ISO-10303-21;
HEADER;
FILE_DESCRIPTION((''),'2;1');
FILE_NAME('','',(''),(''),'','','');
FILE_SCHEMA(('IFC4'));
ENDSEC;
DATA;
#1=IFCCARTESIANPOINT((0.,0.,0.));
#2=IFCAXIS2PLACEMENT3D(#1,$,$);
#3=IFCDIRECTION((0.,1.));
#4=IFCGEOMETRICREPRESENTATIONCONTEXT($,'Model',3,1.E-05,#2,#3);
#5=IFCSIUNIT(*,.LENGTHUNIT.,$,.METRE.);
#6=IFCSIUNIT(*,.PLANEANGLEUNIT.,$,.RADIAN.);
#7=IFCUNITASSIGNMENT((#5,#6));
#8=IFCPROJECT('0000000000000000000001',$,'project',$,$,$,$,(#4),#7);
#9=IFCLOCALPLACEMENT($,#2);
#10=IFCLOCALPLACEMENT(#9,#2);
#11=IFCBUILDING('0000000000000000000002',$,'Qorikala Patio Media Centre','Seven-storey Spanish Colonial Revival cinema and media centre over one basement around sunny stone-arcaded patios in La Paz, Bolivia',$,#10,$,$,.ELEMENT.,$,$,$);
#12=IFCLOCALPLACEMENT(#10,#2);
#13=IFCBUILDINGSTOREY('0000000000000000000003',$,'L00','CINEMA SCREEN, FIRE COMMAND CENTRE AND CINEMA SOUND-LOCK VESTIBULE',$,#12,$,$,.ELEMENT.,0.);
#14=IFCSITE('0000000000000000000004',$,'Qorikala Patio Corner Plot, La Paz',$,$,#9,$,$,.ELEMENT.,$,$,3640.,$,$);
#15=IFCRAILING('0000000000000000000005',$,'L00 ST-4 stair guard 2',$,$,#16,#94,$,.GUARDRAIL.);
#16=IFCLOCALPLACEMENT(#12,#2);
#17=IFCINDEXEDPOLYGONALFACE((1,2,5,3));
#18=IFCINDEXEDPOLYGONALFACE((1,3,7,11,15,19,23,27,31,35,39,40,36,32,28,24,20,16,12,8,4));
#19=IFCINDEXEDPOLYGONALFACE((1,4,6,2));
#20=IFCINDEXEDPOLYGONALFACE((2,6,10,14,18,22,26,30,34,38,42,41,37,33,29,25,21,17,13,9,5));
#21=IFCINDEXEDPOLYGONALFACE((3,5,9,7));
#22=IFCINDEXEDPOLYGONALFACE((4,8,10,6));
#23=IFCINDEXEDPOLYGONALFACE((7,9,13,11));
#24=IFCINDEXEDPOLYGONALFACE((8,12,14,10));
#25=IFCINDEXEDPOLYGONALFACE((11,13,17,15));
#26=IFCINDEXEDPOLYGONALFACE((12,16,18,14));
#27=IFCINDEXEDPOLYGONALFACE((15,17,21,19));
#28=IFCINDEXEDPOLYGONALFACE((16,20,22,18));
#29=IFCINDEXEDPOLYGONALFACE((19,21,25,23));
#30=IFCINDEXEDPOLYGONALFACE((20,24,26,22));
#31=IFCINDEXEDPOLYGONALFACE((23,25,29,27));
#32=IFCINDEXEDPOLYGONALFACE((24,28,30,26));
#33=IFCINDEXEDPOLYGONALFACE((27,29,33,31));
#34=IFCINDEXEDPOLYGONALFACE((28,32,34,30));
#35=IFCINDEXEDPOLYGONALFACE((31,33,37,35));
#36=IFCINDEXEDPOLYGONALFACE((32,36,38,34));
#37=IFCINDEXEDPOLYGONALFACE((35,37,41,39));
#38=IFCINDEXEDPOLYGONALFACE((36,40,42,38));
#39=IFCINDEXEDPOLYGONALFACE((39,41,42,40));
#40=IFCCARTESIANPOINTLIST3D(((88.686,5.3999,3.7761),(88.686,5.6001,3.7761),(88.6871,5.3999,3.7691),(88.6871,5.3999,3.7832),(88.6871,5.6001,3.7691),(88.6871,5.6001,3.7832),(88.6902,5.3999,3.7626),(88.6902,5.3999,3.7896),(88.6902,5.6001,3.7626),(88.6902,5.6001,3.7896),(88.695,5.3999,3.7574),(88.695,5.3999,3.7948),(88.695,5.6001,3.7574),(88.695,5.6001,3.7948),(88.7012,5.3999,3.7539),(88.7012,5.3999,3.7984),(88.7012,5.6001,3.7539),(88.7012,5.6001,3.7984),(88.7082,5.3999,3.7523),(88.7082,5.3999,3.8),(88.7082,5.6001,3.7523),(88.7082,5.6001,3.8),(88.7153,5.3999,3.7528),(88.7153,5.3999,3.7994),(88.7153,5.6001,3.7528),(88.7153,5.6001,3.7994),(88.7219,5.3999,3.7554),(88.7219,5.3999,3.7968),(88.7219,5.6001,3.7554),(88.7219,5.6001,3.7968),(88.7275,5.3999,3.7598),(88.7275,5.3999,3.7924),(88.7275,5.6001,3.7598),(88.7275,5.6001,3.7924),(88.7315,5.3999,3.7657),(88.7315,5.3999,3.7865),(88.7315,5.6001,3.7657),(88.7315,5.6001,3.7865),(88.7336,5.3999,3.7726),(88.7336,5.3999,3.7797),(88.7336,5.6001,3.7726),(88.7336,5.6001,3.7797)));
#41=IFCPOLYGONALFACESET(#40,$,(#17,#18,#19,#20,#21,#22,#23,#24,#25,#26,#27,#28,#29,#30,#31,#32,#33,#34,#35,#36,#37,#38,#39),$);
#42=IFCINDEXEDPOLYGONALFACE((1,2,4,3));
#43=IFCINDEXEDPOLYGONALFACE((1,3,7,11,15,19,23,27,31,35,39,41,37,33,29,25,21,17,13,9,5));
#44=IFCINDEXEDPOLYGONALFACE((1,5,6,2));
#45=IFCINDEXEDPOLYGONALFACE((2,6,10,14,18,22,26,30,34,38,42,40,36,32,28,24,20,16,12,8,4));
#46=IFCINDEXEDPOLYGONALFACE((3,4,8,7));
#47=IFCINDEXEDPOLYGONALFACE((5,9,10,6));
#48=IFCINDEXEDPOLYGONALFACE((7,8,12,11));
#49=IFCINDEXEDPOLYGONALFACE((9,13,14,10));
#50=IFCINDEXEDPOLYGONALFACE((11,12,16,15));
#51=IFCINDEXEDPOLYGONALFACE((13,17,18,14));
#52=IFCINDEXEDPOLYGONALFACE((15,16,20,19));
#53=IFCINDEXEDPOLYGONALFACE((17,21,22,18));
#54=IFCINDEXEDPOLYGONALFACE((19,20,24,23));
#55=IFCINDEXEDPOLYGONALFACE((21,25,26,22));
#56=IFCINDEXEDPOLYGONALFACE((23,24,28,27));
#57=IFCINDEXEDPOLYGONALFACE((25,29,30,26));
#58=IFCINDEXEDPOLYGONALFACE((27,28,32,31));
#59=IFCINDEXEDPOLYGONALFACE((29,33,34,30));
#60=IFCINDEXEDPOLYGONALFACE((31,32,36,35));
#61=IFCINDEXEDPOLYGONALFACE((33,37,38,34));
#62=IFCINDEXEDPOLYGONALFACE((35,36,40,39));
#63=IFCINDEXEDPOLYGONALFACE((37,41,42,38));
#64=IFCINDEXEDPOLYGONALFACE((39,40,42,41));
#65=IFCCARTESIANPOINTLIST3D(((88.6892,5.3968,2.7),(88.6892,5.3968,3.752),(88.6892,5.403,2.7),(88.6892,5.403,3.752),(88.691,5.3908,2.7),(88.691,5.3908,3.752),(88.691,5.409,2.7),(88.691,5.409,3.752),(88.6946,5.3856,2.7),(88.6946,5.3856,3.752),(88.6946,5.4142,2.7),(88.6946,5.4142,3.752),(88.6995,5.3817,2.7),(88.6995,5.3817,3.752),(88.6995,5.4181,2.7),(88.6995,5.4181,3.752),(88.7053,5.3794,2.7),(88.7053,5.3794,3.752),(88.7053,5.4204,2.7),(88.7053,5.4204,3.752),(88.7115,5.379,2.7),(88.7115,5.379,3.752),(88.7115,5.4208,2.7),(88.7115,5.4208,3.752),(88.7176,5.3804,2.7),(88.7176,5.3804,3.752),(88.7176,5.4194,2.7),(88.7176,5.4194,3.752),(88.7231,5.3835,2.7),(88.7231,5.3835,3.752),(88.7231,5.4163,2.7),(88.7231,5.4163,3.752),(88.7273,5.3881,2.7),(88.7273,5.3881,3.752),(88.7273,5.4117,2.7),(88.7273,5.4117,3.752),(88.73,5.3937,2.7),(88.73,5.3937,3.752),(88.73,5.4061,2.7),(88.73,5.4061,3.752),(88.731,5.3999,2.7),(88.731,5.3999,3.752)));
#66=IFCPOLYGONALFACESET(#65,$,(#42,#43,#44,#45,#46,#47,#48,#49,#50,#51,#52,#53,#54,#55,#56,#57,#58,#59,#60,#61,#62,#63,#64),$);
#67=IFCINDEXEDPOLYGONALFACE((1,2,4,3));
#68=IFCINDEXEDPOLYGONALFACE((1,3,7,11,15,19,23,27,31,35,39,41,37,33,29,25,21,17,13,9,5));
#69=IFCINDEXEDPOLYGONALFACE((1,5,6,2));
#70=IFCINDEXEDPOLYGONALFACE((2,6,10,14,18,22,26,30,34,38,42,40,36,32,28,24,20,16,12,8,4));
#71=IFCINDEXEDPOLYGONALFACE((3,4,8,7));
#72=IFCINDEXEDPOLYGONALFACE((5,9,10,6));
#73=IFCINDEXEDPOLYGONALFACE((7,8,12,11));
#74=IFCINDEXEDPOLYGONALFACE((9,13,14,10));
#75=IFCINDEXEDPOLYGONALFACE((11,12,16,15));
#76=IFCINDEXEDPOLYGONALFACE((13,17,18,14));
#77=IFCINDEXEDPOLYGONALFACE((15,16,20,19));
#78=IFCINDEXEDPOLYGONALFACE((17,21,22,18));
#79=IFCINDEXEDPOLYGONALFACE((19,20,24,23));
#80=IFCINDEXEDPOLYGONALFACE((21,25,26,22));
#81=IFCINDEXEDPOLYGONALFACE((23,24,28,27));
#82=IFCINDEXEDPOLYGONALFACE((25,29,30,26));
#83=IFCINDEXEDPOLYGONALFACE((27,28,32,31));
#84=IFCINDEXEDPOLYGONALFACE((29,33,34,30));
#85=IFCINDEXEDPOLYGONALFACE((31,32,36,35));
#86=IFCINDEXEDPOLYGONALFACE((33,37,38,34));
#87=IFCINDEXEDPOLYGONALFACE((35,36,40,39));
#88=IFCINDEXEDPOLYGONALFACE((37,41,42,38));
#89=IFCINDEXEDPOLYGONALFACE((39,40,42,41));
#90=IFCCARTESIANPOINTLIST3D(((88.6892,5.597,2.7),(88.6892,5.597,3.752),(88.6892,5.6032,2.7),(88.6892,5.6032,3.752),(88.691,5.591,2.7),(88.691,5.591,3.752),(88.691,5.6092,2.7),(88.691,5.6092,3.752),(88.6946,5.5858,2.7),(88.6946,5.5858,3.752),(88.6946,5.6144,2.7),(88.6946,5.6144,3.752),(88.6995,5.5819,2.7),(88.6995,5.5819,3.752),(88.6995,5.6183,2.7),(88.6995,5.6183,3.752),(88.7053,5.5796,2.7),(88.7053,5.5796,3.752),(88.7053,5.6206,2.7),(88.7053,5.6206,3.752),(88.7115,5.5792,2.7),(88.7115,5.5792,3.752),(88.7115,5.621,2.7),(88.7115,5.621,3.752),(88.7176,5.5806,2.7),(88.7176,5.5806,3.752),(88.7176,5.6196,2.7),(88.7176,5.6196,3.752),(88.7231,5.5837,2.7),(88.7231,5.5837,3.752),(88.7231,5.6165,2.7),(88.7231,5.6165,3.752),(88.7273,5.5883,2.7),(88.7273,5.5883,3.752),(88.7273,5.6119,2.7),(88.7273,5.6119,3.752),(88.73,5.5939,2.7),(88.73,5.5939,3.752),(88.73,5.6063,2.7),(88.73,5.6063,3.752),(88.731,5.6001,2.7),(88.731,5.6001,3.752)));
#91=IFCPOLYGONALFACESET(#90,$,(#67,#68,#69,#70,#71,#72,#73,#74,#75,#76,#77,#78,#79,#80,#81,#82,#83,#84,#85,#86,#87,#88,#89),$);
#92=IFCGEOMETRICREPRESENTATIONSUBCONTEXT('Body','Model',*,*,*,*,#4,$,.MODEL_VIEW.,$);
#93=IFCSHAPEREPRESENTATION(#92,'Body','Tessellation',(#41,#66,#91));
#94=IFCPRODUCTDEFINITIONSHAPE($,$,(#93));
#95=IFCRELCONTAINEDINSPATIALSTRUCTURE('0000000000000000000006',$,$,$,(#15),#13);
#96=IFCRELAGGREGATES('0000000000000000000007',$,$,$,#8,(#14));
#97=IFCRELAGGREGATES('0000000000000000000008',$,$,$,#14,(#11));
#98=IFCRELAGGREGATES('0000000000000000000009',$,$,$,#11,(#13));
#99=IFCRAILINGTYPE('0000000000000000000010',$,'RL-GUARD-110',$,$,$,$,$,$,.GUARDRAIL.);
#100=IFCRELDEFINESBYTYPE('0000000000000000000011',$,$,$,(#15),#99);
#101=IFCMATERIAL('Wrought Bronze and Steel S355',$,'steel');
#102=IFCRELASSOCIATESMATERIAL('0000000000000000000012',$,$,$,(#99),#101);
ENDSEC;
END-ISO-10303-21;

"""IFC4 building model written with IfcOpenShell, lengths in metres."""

from ifc_helpers import new_model, si_unit, direction, frame, origin, origin_2d, place, context, subcontext, project, spatial, circle, extrude, material, type_object, element, save


model = new_model("IFC4")

# Units and contexts
model_context = context("Model", 3, precision=1e-05, world=origin(), true_north=direction((0.0, 1.0)))
body_context = subcontext(model_context, "Body", "Model", "MODEL_VIEW")
ifc_project = project(units=[si_unit("LENGTHUNIT", "METRE"), si_unit("PLANEANGLEUNIT", "RADIAN")], contexts=[model_context])

# Site, building, storey
site_placement = place(None, origin())
site = spatial("IfcSite", under=ifc_project, at=site_placement, Name="Qorikala Patio Corner Plot, La Paz", CompositionType="ELEMENT", RefElevation=3640.0)
building_placement = place(site_placement, origin())
building = spatial("IfcBuilding", under=site, at=building_placement, Name="Qorikala Patio Media Centre", Description="Seven-storey Spanish Colonial Revival cinema and media centre over one basement around sunny stone-arcaded patios in La Paz, Bolivia", CompositionType="ELEMENT")
storey_placement = place(building_placement, origin())
storey = spatial("IfcBuildingStorey", under=building, at=storey_placement, Name="L00", Description="CINEMA SCREEN, FIRE COMMAND CENTRE AND CINEMA SOUND-LOCK VESTIBULE", CompositionType="ELEMENT", Elevation=0.0)

# Railing
ifc_material_1 = material(Name="Wrought Bronze and Steel S355", Category="steel")
railing_type_1 = type_object("IfcRailingType", Name="RL-GUARD-110", PredefinedType="GUARDRAIL", material=ifc_material_1)
railing_1_placement = place(storey_placement, frame((88.71, 5.3999, 2.7)))
element("IfcRailing", 1, at=railing_1_placement, inside=storey, type_object=railing_type_1, Name="L00 ST-4 stair guard 2", PredefinedType="GUARDRAIL", context=body_context, shape_type="SweptSolid", body=[
    extrude(circle(Radius=0.0239, at=origin_2d()), frame((0.0, 0.0, 1.0762), z_axis=(0.0, 1.0, 0.0), x_axis=(-1.0, 0.0, 0.0)), (0.0, 0.0, 1.0), 0.2002),
    extrude(circle(Radius=0.021, at=origin_2d()), origin(), (0.0, 0.0, 1.0), 1.052),
    extrude(circle(Radius=0.021, at=origin_2d()), frame((0.0, 0.2002, 0.0)), (0.0, 0.0, 1.0), 1.052),
])

save(model, "model.ifc")
